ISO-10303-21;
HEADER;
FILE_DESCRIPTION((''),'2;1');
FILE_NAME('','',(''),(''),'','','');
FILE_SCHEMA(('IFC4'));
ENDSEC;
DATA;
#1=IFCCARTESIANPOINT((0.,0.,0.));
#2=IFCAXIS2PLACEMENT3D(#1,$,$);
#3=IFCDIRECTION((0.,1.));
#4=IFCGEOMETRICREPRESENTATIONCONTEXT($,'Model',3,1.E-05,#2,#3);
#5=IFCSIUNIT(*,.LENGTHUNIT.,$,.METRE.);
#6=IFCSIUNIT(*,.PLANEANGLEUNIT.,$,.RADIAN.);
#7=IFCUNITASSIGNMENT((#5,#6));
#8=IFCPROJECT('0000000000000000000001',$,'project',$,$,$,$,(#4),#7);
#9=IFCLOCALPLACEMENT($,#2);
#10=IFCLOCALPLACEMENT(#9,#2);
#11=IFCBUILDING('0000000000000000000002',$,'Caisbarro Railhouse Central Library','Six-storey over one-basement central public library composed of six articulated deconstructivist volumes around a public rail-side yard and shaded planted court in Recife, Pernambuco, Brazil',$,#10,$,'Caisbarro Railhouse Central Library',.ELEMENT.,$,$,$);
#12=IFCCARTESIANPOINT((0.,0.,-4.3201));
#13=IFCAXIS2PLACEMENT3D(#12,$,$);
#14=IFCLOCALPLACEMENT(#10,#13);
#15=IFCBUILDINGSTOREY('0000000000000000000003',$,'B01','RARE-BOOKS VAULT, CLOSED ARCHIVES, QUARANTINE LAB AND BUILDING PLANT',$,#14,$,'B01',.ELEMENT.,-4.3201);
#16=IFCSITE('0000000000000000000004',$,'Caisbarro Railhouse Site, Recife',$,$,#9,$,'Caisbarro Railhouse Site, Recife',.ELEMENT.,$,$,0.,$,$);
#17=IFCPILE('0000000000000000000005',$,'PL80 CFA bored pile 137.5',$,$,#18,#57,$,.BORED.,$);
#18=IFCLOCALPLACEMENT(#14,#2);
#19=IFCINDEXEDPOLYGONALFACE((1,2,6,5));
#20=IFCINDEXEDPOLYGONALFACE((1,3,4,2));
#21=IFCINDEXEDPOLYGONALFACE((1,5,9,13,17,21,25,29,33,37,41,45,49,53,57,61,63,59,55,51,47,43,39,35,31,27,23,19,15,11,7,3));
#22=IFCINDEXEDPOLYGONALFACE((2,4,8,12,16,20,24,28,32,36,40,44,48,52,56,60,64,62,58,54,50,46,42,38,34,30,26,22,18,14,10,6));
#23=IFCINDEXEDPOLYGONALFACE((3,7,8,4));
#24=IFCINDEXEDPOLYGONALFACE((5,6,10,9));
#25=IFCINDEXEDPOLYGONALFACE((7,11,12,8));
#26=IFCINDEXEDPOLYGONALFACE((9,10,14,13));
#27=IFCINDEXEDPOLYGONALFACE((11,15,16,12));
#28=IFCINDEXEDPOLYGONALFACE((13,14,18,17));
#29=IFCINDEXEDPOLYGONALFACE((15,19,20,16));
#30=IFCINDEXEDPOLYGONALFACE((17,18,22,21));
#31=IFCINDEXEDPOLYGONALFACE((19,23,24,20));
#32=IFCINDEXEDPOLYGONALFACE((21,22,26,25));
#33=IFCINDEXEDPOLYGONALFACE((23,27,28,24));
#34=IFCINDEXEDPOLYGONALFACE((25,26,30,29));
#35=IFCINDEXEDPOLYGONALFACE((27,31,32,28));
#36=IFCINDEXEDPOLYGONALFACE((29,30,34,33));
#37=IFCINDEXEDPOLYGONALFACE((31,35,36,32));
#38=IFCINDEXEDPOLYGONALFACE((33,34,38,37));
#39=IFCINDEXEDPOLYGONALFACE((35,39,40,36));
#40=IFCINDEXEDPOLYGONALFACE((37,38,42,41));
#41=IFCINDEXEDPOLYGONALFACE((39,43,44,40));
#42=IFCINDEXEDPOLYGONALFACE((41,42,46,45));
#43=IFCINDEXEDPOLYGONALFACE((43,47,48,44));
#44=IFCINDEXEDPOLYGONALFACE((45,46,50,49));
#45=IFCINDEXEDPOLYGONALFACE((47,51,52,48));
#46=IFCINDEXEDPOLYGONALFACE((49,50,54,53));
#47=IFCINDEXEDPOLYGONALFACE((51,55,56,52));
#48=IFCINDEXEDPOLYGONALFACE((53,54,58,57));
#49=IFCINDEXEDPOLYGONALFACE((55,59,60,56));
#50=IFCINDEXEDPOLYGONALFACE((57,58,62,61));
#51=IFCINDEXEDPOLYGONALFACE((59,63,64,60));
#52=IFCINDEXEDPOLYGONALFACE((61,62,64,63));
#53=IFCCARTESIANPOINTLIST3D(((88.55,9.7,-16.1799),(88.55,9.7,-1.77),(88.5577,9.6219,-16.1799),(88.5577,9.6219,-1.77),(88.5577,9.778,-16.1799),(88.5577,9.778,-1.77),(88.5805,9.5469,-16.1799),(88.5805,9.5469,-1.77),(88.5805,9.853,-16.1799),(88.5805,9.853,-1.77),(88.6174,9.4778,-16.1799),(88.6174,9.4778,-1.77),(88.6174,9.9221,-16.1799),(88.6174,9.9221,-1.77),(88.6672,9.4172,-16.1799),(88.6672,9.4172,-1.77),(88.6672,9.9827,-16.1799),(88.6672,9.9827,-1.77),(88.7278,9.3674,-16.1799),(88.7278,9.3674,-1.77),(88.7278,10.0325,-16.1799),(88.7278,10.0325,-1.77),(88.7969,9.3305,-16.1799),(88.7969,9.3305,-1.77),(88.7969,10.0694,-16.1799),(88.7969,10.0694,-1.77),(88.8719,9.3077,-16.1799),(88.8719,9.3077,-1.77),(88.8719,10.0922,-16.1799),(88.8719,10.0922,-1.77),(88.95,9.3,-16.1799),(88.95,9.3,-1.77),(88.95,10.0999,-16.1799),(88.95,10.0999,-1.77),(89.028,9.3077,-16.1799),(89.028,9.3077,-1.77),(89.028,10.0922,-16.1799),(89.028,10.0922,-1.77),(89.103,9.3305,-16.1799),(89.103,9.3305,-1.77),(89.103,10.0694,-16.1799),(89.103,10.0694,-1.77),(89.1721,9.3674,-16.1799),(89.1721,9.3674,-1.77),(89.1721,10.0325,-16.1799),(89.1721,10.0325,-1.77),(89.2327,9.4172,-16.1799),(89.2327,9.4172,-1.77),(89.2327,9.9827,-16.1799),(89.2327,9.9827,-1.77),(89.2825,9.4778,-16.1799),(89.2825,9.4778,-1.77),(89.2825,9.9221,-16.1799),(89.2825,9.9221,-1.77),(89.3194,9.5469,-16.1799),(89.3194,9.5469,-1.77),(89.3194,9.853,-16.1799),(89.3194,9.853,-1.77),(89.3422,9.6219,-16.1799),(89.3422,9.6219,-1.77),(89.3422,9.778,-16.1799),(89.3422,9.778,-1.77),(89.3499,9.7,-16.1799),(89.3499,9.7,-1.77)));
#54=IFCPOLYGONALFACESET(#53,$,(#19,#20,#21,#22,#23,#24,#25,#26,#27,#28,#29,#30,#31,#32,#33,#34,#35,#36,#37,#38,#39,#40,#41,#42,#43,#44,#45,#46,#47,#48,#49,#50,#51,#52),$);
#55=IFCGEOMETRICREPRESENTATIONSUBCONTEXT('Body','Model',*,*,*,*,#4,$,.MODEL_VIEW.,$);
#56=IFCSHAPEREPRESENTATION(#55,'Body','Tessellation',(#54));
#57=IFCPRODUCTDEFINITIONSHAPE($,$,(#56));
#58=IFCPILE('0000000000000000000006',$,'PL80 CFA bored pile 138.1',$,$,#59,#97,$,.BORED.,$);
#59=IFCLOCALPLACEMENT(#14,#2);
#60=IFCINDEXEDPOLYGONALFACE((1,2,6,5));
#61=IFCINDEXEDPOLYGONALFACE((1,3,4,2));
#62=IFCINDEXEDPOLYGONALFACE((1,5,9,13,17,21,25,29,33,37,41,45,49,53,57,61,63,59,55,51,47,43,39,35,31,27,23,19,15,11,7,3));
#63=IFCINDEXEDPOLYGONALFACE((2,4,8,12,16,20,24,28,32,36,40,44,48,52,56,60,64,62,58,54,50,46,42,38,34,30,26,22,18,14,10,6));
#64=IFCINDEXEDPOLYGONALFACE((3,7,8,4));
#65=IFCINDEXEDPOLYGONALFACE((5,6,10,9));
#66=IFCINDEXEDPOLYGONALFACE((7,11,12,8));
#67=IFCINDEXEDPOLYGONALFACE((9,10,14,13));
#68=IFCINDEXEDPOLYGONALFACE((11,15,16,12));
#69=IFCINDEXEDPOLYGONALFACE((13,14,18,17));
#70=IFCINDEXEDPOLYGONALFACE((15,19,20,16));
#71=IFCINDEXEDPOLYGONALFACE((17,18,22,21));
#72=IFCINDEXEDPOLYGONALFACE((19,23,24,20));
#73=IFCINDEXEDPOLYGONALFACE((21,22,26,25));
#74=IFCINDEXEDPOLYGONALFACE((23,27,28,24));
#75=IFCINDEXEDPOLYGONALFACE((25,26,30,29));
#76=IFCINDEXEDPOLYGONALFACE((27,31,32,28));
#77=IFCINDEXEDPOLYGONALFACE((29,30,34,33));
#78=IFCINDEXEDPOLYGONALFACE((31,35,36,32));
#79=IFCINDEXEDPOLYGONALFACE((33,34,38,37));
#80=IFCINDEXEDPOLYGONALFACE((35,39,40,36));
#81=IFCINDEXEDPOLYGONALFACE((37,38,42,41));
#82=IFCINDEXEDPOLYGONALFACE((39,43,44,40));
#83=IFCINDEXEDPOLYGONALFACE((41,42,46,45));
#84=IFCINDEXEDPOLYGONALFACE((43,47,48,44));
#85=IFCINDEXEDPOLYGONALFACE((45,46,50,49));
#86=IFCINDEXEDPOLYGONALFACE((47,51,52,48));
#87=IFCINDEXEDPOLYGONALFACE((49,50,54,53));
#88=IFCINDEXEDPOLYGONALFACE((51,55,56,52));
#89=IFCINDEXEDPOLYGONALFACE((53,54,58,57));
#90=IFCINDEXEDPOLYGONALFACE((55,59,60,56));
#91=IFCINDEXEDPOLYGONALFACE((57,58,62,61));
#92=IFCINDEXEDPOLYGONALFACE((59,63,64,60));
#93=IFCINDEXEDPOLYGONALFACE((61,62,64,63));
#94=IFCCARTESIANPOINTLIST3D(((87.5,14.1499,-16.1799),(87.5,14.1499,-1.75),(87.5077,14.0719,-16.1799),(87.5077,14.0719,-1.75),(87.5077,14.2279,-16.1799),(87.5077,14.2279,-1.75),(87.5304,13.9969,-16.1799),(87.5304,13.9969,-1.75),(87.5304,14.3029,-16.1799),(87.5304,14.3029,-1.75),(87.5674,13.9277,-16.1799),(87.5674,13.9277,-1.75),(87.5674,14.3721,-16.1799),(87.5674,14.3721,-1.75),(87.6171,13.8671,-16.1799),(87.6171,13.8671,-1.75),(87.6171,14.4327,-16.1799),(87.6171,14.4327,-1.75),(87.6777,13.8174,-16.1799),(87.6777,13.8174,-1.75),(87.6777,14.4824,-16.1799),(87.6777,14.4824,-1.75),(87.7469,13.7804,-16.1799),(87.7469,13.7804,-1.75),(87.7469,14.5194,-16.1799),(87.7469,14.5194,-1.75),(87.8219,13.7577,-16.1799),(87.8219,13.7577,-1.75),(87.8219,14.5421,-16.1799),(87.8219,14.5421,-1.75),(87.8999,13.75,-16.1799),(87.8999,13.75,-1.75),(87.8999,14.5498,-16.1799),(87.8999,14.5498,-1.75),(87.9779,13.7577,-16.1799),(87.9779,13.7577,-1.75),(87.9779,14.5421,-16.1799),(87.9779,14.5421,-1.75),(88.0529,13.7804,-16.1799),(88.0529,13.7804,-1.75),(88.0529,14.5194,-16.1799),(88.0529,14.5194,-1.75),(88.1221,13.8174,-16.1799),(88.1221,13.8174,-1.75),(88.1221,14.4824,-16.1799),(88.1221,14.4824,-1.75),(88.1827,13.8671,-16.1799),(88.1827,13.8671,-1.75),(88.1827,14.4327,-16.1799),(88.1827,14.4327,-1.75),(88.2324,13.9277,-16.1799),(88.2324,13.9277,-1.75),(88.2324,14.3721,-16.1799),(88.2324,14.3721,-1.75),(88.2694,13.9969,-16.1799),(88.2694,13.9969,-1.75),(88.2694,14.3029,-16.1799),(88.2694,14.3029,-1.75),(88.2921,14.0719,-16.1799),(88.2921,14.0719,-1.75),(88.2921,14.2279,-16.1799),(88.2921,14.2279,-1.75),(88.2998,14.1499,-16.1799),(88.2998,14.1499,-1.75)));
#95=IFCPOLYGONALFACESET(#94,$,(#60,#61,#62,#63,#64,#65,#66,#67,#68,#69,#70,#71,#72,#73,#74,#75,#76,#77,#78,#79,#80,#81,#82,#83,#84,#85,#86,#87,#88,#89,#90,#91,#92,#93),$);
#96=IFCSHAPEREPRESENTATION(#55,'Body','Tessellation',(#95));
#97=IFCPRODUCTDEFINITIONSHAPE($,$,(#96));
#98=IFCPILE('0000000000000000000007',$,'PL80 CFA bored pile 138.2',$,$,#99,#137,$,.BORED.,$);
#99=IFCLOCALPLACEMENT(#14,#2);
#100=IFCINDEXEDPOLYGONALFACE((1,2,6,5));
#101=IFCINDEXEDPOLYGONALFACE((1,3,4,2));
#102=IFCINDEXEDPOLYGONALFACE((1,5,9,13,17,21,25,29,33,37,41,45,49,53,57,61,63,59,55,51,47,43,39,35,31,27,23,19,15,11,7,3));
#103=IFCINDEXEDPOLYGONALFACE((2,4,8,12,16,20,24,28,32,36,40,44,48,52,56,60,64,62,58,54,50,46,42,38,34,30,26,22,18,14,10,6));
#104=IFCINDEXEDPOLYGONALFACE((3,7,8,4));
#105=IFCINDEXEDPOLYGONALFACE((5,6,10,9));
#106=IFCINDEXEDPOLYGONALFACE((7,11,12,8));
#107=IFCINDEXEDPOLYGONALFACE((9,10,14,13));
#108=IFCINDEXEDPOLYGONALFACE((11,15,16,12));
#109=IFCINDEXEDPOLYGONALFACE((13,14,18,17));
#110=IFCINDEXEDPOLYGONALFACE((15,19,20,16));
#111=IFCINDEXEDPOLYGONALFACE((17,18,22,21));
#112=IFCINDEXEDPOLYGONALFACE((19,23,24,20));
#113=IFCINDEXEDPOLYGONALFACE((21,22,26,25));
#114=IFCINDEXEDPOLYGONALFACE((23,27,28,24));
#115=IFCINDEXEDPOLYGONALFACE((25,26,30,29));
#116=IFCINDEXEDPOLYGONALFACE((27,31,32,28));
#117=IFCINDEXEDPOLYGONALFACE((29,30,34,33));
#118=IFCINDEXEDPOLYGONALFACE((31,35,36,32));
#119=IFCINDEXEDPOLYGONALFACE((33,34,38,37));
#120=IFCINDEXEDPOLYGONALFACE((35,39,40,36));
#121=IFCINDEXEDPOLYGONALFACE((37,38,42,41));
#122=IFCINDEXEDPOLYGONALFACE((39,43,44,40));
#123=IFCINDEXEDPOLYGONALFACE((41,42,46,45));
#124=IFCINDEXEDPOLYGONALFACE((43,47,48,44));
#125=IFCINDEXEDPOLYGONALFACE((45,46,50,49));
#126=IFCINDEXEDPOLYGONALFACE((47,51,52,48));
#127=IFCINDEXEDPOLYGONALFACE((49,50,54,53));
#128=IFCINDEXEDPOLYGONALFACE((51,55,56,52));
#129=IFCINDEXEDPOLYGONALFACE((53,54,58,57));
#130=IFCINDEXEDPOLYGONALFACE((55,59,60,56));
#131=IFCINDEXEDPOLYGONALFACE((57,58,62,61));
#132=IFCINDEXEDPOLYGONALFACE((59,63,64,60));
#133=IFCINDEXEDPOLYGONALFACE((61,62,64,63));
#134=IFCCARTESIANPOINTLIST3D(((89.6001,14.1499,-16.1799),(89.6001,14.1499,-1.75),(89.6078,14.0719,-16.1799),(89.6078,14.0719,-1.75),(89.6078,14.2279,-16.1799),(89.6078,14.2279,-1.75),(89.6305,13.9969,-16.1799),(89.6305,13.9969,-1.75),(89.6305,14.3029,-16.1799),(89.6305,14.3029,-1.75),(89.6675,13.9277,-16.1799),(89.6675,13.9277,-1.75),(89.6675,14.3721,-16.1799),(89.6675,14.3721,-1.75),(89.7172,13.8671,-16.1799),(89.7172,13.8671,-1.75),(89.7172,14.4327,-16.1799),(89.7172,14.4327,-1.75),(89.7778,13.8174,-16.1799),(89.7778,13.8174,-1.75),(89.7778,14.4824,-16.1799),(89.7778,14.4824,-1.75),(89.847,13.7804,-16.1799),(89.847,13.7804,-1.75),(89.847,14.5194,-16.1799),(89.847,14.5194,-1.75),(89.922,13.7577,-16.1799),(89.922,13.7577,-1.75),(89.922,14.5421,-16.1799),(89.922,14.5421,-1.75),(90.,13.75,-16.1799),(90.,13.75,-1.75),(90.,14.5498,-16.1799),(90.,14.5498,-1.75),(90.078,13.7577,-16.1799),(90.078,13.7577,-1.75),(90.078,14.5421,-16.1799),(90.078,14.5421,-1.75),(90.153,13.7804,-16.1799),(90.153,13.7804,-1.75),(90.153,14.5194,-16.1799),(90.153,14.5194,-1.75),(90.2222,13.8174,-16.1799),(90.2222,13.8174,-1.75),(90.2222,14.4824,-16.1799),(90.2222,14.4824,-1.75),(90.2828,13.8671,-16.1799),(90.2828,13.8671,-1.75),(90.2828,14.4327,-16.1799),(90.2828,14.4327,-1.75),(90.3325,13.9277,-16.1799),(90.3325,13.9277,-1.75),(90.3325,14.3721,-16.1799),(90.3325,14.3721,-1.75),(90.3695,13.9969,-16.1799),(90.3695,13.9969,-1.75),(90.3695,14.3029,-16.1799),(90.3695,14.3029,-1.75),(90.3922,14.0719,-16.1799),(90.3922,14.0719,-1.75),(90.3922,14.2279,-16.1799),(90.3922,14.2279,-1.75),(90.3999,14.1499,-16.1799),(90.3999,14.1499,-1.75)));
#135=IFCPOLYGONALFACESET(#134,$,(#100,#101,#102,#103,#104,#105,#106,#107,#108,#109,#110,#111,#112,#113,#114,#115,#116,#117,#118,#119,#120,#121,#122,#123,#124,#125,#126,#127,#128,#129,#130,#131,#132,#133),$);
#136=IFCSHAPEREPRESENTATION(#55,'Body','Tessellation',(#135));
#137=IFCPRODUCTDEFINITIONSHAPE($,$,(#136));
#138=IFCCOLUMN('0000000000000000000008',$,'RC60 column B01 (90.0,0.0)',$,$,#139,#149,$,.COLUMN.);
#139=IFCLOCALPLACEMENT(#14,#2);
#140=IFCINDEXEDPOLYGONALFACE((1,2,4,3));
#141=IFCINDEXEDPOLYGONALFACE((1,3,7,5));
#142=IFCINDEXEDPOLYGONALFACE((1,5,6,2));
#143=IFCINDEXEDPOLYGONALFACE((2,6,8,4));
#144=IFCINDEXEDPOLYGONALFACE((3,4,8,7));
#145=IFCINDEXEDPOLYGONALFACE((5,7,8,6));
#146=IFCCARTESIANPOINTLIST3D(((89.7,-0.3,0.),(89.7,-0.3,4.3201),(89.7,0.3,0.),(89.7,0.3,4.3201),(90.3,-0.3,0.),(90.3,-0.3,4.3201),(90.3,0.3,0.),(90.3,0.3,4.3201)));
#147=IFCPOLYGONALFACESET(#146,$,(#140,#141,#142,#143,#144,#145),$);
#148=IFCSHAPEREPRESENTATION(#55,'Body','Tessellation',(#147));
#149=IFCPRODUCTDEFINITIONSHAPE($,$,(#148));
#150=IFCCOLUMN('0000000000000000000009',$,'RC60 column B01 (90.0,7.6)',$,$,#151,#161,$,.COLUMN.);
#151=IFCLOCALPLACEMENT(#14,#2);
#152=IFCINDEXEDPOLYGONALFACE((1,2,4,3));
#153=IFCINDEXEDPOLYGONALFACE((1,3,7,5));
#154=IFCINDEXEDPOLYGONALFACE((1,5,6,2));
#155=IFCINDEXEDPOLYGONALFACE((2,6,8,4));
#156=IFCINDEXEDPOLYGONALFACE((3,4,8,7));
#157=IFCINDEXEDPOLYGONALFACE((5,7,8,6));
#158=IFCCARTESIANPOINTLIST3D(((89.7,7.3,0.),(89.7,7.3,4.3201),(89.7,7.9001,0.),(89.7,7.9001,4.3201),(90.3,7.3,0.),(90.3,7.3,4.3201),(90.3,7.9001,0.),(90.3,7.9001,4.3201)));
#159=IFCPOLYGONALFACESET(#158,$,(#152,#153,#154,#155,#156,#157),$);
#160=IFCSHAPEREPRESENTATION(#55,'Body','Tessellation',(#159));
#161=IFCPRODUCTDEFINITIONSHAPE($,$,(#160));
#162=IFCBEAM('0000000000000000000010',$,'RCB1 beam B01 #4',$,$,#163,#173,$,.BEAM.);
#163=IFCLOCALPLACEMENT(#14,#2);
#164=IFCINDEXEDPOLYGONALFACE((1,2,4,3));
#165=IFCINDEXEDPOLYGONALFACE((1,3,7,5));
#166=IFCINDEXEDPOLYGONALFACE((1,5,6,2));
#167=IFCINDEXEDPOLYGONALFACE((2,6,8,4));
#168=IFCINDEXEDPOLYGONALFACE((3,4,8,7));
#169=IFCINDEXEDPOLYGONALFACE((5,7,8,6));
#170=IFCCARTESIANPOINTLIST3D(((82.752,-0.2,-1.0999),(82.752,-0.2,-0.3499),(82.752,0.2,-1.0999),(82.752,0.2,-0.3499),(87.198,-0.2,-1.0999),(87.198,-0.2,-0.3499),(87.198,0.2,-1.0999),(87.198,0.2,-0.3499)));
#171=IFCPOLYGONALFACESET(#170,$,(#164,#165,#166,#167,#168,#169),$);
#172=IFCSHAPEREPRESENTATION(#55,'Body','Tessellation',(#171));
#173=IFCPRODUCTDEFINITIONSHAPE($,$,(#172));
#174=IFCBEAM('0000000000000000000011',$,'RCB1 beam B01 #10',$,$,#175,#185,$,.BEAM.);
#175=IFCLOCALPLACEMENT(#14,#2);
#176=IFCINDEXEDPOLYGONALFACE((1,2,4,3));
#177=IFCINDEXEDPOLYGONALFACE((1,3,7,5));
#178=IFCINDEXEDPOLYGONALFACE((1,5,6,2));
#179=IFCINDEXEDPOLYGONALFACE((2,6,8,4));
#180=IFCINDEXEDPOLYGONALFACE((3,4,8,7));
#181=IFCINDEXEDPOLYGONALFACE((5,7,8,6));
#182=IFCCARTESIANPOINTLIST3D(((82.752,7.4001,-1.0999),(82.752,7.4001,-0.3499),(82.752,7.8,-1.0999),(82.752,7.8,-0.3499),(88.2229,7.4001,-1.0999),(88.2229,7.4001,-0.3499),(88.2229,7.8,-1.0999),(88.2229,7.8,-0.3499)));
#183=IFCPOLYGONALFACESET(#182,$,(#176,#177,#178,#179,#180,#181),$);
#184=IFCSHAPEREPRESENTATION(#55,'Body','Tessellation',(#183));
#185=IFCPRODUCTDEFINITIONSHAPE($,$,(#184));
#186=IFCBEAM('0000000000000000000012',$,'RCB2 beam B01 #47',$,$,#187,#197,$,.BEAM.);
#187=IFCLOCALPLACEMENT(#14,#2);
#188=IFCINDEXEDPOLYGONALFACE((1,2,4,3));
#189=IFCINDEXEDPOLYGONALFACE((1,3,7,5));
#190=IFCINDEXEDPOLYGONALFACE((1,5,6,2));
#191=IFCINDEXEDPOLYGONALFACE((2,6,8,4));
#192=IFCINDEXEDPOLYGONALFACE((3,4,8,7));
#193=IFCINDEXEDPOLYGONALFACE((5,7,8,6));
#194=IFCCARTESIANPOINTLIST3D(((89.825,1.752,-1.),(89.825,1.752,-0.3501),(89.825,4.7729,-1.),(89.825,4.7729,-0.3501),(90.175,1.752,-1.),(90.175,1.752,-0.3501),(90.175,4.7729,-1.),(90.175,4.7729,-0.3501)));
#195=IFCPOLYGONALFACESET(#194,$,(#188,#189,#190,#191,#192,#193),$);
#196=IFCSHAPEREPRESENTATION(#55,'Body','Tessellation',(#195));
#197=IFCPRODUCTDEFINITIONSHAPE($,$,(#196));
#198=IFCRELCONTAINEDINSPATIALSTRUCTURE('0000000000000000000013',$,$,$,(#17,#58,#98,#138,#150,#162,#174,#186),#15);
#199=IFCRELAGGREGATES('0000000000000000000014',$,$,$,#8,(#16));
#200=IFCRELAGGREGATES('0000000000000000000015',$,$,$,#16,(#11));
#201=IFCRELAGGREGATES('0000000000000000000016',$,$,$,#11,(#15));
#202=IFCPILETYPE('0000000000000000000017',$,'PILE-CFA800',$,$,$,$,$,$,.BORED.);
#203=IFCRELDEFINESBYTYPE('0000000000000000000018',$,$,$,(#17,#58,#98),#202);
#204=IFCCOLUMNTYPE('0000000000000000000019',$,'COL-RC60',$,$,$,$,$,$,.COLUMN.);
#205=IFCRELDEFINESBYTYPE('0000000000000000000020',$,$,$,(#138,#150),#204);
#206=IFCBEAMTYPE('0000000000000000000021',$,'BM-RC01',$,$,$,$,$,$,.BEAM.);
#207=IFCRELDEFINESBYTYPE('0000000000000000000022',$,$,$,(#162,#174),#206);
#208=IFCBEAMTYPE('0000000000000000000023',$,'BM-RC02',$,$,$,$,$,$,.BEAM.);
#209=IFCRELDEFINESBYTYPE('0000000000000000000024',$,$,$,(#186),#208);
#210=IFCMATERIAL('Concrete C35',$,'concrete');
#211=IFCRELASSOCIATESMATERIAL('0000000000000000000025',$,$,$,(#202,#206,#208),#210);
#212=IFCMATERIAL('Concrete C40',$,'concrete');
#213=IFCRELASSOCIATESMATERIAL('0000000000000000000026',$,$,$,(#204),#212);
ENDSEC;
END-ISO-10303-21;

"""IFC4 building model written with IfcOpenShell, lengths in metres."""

from ifc_helpers import new_model, si_unit, direction, frame, origin, origin_2d, place, context, subcontext, project, spatial, rectangle, circle, extrude, material, material_profile, profile_set, type_object, element, save


model = new_model("IFC4")

# Units and contexts
model_context = context("Model", 3, precision=1e-05, world=origin(), true_north=direction((0.0, 1.0)))
body_context = subcontext(model_context, "Body", "Model", "MODEL_VIEW")
ifc_project = project(units=[si_unit("LENGTHUNIT", "METRE"), si_unit("PLANEANGLEUNIT", "RADIAN")], contexts=[model_context])

# Site, building, storey
site_placement = place(None, origin())
site = spatial("IfcSite", under=ifc_project, at=site_placement, Name="Caisbarro Railhouse Site, Recife", LongName="Caisbarro Railhouse Site, Recife", CompositionType="ELEMENT", RefElevation=0.0)
building_placement = place(site_placement, origin())
building = spatial("IfcBuilding", under=site, at=building_placement, Name="Caisbarro Railhouse Central Library", Description="Six-storey over one-basement central public library composed of six articulated deconstructivist volumes around a public rail-side yard and shaded planted court in Recife, Pernambuco, Brazil", LongName="Caisbarro Railhouse Central Library", CompositionType="ELEMENT")
storey_placement = place(building_placement, frame((0.0, 0.0, -4.3201)))
storey = spatial("IfcBuildingStorey", under=building, at=storey_placement, Name="B01", Description="RARE-BOOKS VAULT, CLOSED ARCHIVES, QUARANTINE LAB AND BUILDING PLANT", LongName="B01", CompositionType="ELEMENT", Elevation=-4.3201)

# Shared definitions
ifc_material_1 = material(Name="Concrete C40", Category="concrete")

# Piles
ifc_material_2 = material(Name="Concrete C35", Category="concrete")
ifc_material_profile_1 = material_profile(ifc_material_2, circle(Radius=0.3999, at=origin_2d()), Name="PILE-CFA-800")
ifc_profile_set_1 = profile_set([ifc_material_profile_1], Name="Concrete C35")
pile_type = type_object("IfcPileType", Name="PILE-CFA800", PredefinedType="BORED", material=ifc_profile_set_1)
for number, where, z_axis, x_axis, name in (
    (1, (88.95, 9.7, -1.77), (0.0, 0.0, -1.0), (1.0, 0.0, 0.0), "PL80 CFA bored pile 137.5"),
):
    element("IfcPile", number, at=place(storey_placement, frame(where, z_axis=z_axis, x_axis=x_axis)), inside=storey, type_object=pile_type, Name=name, PredefinedType="BORED", context=body_context, shape_type="SweptSolid", body=[
        extrude(circle(Radius=0.3999, at=origin_2d()), origin(), (0.0, 0.0, 1.0), 14.4099),
    ])
for number, where, z_axis, x_axis, name in (
    (2, (87.8999, 14.1499, -1.75), (0.0, 0.0, -1.0), (1.0, 0.0, 0.0), "PL80 CFA bored pile 138.1"),
    (3, (90.0, 14.1499, -1.75), (0.0, 0.0, -1.0), (1.0, 0.0, 0.0), "PL80 CFA bored pile 138.2"),
):
    element("IfcPile", number, at=place(storey_placement, frame(where, z_axis=z_axis, x_axis=x_axis)), inside=storey, type_object=pile_type, Name=name, PredefinedType="BORED", context=body_context, shape_type="SweptSolid", body=[
        extrude(circle(Radius=0.3999, at=origin_2d()), origin(), (0.0, 0.0, 1.0), 14.4299),
    ])

# Columns
ifc_material_profile_2 = material_profile(ifc_material_1, rectangle(XDim=0.6001, YDim=0.6001, at=origin_2d()), Name="RC-COL-600X600")
ifc_profile_set_2 = profile_set([ifc_material_profile_2], Name="Concrete C40")
column_type = type_object("IfcColumnType", Name="COL-RC60", PredefinedType="COLUMN", material=ifc_profile_set_2)
for number, where, z_axis, x_axis, name in (
    (4, (90.0, 0.0, 0.0), (0.0, 0.0, 1.0), (1.0, 0.0, 0.0), "RC60 column B01 (90.0,0.0)"),
    (5, (90.0, 7.6001, 0.0), (0.0, 0.0, 1.0), (1.0, 0.0, 0.0), "RC60 column B01 (90.0,7.6)"),
):
    element("IfcColumn", number, at=place(storey_placement, frame(where, z_axis=z_axis, x_axis=x_axis)), inside=storey, type_object=column_type, Name=name, PredefinedType="COLUMN", context=body_context, shape_type="SweptSolid", body=[
        extrude(rectangle(XDim=0.6001, YDim=0.6001, at=origin_2d()), origin(), (0.0, 0.0, 1.0), 4.3201),
    ])

# Beams
ifc_material_profile_3 = material_profile(ifc_material_2, rectangle(XDim=0.3999, YDim=0.75, at=origin_2d()), Name="RC-BM-400X750")
ifc_profile_set_3 = profile_set([ifc_material_profile_3], Name="Concrete C35")
beam_type_1 = type_object("IfcBeamType", Name="BM-RC01", PredefinedType="BEAM", material=ifc_profile_set_3)
beam_1_placement = place(storey_placement, frame((82.752, 0.0, -0.7249), z_axis=(1.0, 0.0, 0.0), x_axis=(0.0, 1.0, 0.0)))
element("IfcBeam", 6, at=beam_1_placement, inside=storey, type_object=beam_type_1, Name="RCB1 beam B01 #4", PredefinedType="BEAM", context=body_context, shape_type="SweptSolid", body=[
    extrude(rectangle(XDim=0.3999, YDim=0.75, at=origin_2d()), origin(), (0.0, 0.0, 1.0), 4.446),
])
beam_2_placement = place(storey_placement, frame((82.752, 7.6001, -0.7249), z_axis=(1.0, 0.0, 0.0), x_axis=(0.0, 1.0, 0.0)))
element("IfcBeam", 7, at=beam_2_placement, inside=storey, type_object=beam_type_1, Name="RCB1 beam B01 #10", PredefinedType="BEAM", context=body_context, shape_type="SweptSolid", body=[
    extrude(rectangle(XDim=0.3999, YDim=0.75, at=origin_2d()), origin(), (0.0, 0.0, 1.0), 5.4709),
])
ifc_material_profile_4 = material_profile(ifc_material_2, rectangle(XDim=0.3501, YDim=0.6499, at=origin_2d()), Name="RC-BM-350X650")
ifc_profile_set_4 = profile_set([ifc_material_profile_4], Name="Concrete C35")
beam_type_2 = type_object("IfcBeamType", Name="BM-RC02", PredefinedType="BEAM", material=ifc_profile_set_4)
for number, where, z_axis, x_axis, name in (
    (8, (90.0, 1.752, -0.675), (0.0, 1.0, 0.0), (-1.0, 0.0, 0.0), "RCB2 beam B01 #47"),
):
    element("IfcBeam", number, at=place(storey_placement, frame(where, z_axis=z_axis, x_axis=x_axis)), inside=storey, type_object=beam_type_2, Name=name, PredefinedType="BEAM", context=body_context, shape_type="SweptSolid", body=[
        extrude(rectangle(XDim=0.3501, YDim=0.6499, at=origin_2d()), origin(), (0.0, 0.0, 1.0), 3.021),
    ])

save(model, "model.ifc")
